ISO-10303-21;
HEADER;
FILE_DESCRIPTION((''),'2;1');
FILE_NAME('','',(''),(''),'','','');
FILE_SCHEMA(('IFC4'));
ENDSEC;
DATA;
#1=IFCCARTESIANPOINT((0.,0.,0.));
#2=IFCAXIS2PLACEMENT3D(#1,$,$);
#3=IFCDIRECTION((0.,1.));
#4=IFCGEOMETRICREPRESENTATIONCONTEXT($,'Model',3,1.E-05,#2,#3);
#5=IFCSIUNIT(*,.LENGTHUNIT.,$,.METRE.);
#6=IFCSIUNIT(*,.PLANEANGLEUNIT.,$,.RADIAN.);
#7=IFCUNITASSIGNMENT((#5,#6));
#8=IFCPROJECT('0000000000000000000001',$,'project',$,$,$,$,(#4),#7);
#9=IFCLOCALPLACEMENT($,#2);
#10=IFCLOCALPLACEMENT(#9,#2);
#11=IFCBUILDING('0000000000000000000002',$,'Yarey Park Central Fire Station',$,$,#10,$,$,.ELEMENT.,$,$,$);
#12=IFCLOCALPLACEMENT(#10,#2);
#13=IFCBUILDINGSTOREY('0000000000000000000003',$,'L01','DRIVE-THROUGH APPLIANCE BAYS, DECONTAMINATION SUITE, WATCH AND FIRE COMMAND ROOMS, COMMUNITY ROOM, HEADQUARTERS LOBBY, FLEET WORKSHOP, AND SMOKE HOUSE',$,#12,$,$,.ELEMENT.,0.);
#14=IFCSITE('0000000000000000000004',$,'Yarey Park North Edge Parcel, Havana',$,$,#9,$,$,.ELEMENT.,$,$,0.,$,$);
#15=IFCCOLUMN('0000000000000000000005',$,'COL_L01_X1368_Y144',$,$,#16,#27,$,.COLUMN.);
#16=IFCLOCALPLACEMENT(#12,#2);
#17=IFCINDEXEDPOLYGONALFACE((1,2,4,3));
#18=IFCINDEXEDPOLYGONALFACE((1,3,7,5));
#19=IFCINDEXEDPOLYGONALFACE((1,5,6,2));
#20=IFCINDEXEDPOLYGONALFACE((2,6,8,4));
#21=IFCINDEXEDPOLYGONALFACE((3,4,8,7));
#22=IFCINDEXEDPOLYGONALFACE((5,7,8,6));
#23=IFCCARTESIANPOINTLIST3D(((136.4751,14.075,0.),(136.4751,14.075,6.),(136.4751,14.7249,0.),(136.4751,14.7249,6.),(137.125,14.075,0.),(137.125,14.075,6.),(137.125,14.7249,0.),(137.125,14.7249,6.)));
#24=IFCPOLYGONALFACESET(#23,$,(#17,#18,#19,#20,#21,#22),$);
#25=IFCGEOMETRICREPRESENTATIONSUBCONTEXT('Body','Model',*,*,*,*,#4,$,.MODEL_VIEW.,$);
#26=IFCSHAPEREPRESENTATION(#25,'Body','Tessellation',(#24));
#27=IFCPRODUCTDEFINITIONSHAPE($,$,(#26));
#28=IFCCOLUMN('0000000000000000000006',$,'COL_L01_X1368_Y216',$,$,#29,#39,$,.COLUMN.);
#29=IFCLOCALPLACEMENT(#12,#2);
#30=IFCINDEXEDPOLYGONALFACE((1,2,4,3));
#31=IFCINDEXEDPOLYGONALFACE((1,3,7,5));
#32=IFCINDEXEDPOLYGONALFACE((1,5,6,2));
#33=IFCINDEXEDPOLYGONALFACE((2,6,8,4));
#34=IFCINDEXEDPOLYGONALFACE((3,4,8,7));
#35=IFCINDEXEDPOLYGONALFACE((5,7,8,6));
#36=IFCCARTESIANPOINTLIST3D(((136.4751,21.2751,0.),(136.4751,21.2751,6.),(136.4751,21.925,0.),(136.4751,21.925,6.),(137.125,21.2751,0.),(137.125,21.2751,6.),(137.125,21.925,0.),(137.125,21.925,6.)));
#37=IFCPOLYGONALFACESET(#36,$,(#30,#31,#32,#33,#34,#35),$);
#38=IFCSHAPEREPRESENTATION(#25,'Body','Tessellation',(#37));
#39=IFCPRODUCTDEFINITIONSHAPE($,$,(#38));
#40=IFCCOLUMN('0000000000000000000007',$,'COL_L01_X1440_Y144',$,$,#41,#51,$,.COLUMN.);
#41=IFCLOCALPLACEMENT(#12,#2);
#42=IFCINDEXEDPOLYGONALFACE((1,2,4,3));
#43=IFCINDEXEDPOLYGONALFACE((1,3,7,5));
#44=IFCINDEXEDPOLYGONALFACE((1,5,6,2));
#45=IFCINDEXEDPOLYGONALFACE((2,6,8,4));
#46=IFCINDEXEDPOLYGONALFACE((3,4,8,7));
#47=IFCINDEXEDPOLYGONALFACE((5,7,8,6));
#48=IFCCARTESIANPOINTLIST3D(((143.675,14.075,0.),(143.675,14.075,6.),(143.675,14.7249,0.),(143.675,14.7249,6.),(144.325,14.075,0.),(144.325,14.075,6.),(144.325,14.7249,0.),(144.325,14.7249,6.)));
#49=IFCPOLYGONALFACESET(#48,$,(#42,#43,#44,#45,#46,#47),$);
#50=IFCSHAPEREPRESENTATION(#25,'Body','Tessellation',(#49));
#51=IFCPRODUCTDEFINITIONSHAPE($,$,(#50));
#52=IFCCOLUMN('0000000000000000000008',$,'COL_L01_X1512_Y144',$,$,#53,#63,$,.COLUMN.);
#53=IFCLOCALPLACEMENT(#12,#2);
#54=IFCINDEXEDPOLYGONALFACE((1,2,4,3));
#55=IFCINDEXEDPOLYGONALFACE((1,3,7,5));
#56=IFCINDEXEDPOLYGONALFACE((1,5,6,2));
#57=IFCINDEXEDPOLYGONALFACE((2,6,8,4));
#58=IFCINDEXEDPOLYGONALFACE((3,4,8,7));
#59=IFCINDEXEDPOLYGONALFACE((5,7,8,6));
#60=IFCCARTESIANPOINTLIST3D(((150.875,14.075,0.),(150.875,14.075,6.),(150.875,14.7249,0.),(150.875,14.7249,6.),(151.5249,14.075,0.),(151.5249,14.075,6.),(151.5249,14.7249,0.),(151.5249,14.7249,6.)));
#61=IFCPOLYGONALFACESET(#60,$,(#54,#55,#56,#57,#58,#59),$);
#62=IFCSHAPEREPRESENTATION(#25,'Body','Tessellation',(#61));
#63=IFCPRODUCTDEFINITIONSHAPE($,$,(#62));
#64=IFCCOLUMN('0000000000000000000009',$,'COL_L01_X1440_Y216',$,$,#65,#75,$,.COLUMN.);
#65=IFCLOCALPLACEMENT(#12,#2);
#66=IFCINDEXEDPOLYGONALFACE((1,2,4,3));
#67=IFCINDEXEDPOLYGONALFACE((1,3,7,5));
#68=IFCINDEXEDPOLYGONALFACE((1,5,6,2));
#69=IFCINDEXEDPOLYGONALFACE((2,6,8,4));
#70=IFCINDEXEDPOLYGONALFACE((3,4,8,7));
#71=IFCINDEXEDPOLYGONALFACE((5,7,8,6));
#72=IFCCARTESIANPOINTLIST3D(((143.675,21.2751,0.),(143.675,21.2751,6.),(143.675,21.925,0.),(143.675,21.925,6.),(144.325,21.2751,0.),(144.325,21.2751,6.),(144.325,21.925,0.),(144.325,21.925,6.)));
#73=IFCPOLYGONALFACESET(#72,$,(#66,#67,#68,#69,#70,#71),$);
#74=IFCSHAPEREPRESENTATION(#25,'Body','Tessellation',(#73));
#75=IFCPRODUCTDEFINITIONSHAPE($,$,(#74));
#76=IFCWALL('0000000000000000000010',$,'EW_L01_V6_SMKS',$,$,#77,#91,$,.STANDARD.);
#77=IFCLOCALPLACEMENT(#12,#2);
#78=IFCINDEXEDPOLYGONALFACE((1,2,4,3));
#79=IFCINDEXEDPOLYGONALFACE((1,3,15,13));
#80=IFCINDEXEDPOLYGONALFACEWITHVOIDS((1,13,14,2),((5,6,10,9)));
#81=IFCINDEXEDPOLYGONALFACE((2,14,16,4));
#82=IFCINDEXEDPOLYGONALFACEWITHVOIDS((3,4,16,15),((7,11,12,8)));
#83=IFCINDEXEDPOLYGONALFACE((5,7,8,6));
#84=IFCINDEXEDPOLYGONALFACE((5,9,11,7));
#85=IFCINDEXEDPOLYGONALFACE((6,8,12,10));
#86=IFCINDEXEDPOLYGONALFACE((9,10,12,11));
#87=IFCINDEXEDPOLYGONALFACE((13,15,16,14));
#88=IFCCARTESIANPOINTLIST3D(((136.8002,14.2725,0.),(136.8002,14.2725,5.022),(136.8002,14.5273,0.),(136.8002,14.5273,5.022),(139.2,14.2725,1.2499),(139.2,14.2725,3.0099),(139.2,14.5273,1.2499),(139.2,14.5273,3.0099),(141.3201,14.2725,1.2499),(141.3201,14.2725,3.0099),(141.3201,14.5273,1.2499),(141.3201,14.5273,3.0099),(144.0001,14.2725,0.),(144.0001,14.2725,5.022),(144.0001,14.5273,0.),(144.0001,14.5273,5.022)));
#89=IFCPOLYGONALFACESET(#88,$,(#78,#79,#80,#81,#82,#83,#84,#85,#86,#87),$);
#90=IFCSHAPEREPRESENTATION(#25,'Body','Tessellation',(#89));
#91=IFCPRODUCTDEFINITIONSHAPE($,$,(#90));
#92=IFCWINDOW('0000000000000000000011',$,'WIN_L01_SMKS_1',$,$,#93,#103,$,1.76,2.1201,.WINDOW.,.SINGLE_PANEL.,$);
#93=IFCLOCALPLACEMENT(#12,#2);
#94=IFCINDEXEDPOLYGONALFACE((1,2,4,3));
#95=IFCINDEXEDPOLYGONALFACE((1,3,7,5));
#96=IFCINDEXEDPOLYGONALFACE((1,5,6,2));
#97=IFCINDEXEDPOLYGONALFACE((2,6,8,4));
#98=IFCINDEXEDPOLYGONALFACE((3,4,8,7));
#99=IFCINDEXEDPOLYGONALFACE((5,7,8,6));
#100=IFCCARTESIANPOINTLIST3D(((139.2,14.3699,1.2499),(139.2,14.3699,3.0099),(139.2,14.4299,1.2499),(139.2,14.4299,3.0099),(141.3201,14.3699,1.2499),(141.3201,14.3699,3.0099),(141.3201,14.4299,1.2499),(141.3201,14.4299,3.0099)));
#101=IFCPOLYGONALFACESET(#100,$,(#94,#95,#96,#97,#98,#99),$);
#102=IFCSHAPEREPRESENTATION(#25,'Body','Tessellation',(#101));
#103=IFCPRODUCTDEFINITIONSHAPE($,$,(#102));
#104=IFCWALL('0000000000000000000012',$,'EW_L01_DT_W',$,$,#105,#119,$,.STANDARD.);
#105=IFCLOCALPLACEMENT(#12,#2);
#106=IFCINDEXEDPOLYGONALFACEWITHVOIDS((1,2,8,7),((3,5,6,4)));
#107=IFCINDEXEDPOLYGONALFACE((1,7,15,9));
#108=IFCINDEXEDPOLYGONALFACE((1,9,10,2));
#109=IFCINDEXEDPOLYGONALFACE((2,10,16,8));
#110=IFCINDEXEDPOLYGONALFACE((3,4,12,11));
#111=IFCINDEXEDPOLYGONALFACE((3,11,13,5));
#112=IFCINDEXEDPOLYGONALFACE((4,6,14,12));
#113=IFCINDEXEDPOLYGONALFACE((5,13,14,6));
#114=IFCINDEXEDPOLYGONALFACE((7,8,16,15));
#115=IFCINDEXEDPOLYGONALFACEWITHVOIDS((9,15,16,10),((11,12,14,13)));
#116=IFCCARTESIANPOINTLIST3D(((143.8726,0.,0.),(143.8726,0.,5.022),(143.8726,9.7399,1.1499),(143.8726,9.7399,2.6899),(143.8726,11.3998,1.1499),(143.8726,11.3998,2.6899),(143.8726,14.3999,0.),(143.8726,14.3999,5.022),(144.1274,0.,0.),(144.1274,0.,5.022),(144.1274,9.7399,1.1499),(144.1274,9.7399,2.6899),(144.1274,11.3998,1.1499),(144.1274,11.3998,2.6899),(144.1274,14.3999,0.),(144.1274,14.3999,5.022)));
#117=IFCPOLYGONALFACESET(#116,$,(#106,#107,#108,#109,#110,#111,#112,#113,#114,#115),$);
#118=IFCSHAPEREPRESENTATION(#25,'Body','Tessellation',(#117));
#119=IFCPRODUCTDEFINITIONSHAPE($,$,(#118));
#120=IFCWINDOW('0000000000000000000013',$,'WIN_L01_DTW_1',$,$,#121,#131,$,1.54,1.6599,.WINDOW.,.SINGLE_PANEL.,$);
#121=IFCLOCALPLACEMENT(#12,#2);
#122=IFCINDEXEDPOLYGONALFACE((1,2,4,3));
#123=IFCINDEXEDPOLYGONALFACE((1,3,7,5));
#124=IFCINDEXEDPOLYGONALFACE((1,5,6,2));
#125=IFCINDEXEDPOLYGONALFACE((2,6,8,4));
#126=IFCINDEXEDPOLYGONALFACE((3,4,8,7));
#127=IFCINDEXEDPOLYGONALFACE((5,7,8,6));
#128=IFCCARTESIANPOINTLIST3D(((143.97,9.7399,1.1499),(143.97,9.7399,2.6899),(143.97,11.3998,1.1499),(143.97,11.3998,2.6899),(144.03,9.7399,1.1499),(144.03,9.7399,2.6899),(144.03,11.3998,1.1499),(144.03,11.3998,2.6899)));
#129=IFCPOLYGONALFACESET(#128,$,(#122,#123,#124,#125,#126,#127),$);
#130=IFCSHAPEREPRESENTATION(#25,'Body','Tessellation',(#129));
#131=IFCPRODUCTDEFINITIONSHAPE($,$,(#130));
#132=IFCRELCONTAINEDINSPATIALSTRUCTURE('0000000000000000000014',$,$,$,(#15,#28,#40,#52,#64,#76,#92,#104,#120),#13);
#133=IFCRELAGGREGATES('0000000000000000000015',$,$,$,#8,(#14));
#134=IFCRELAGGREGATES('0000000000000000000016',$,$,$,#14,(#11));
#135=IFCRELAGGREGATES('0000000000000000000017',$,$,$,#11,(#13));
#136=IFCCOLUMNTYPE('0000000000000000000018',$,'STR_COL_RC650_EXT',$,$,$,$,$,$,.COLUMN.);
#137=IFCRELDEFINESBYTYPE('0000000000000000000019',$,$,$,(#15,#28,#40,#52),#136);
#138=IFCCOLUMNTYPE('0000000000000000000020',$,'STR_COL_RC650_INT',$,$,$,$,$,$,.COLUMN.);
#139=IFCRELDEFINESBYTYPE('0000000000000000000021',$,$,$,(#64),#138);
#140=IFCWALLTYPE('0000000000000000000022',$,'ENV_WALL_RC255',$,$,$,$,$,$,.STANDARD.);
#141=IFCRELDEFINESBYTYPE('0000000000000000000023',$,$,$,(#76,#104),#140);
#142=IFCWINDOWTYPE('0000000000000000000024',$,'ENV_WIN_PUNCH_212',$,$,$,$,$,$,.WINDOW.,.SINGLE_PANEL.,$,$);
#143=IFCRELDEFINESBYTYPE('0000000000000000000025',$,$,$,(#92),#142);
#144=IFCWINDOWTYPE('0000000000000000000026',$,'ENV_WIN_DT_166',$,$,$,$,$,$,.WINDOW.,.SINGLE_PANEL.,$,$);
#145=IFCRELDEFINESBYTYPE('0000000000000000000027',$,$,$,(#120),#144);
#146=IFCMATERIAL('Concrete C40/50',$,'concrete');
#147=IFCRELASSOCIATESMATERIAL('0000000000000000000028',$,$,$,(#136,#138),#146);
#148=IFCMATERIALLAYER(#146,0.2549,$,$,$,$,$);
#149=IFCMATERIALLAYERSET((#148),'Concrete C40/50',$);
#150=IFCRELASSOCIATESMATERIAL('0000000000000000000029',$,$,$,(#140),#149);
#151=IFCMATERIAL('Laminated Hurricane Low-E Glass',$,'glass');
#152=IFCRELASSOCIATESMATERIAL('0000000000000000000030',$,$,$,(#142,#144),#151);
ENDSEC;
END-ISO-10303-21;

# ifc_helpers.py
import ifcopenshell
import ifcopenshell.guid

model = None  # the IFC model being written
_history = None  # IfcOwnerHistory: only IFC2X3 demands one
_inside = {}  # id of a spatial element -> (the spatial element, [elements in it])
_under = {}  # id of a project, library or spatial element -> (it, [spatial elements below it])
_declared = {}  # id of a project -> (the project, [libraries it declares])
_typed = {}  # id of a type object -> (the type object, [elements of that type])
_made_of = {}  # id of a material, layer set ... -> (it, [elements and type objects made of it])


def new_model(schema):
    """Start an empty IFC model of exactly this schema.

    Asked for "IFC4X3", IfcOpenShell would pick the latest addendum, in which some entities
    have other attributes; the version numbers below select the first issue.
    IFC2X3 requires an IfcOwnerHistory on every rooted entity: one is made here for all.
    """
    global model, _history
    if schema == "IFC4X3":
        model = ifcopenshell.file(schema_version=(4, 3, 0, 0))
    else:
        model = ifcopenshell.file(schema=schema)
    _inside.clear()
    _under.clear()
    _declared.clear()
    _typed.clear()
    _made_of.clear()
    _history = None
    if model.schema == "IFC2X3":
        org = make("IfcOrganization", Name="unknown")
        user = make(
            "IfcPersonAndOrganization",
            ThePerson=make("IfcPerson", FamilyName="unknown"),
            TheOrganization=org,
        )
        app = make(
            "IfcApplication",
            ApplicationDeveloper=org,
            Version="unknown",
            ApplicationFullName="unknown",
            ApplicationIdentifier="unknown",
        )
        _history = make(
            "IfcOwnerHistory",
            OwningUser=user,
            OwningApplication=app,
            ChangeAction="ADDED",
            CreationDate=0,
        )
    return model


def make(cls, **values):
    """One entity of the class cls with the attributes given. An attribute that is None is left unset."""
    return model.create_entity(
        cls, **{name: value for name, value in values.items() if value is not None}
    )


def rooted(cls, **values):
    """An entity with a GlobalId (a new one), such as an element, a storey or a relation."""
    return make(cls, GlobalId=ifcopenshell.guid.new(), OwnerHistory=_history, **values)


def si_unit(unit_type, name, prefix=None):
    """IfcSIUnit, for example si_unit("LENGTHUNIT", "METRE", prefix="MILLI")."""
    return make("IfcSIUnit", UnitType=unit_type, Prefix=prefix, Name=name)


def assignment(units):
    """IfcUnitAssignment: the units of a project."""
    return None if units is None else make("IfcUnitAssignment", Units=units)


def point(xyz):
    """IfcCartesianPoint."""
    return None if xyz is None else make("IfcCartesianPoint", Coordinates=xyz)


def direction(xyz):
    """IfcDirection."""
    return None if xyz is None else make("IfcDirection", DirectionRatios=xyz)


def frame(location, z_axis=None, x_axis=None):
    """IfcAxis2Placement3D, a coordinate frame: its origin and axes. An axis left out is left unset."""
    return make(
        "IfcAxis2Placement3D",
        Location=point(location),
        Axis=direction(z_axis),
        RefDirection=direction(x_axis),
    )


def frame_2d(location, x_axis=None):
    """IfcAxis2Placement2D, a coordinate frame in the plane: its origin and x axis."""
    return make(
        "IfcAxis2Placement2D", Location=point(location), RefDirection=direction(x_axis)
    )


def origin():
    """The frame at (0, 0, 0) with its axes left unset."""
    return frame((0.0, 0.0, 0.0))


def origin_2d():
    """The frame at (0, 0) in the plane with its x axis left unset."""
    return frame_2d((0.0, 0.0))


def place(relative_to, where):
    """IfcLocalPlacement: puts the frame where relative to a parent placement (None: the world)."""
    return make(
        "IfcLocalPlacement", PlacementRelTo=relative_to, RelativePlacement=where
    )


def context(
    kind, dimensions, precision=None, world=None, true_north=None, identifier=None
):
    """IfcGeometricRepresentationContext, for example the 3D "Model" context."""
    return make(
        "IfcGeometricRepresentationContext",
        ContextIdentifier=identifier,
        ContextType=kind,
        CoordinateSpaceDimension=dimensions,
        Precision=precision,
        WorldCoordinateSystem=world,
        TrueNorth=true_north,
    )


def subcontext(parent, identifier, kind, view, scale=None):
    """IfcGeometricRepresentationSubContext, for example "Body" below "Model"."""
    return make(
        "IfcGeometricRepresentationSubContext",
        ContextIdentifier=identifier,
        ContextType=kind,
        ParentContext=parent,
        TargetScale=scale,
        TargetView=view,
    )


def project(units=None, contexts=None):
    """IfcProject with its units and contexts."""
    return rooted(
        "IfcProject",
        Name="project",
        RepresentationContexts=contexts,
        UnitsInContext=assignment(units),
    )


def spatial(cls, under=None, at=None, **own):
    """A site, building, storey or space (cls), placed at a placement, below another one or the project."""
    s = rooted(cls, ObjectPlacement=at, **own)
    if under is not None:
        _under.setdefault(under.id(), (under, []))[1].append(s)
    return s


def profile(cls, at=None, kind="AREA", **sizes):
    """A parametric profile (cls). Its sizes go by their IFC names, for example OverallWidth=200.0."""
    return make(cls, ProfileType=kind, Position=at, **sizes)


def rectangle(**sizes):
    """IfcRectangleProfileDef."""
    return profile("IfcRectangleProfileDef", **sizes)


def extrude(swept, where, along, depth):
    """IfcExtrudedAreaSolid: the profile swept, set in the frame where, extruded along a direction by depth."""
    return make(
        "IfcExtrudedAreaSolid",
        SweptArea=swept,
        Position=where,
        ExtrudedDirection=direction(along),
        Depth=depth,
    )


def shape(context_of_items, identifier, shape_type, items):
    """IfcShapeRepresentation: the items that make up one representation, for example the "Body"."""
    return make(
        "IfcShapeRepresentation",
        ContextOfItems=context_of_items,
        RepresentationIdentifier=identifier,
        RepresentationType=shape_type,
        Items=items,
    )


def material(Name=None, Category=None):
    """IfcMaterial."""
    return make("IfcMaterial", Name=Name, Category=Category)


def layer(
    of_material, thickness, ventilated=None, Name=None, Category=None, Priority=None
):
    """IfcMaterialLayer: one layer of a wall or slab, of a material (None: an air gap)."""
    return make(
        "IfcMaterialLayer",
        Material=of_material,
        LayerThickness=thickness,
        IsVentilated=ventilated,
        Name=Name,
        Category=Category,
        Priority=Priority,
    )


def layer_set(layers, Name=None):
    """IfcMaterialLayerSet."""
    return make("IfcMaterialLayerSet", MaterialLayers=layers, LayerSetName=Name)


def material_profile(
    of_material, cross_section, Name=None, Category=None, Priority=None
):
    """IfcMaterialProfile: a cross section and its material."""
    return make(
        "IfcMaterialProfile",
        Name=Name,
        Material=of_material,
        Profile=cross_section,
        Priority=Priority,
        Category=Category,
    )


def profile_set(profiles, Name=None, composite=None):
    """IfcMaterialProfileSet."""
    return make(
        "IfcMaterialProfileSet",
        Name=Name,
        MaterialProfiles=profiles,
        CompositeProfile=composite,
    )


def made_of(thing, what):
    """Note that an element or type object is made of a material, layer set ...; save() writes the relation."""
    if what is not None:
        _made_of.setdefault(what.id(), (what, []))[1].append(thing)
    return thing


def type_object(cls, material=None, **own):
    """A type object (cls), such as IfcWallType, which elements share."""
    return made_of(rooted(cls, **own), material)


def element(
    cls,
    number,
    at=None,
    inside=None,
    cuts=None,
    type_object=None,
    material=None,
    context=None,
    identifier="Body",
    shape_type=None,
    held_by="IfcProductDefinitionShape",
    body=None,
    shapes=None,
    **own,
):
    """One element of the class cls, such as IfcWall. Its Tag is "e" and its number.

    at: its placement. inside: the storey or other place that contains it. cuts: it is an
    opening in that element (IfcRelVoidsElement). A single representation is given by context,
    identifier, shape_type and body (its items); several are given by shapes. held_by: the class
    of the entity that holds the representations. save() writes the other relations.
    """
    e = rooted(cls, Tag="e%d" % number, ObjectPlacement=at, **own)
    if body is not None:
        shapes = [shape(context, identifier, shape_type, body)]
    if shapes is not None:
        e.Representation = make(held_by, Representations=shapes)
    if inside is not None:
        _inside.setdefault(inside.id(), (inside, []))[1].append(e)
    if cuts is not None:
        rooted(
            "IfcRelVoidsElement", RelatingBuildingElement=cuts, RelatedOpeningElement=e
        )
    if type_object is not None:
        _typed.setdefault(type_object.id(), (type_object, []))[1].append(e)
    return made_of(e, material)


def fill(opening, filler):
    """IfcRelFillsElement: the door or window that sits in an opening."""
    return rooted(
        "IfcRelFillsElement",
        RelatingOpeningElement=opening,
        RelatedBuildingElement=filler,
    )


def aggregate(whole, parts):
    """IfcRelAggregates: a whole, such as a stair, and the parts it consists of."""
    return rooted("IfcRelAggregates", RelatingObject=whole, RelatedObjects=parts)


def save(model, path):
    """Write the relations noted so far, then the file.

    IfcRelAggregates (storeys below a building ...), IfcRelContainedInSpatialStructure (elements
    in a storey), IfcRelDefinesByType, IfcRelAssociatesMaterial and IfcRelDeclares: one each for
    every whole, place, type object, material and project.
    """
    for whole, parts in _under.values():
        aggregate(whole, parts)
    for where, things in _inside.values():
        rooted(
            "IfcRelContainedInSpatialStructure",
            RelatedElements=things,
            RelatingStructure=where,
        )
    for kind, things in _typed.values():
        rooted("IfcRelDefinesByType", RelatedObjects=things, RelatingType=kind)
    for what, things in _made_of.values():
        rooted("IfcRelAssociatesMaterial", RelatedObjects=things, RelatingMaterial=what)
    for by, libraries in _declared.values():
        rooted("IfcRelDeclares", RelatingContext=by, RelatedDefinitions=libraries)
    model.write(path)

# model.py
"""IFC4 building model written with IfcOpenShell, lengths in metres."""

from ifc_helpers import new_model, si_unit, direction, frame, frame_2d, origin, origin_2d, place, context, subcontext, project, spatial, rectangle, extrude, material, layer, layer_set, material_profile, profile_set, type_object, element, fill, save


model = new_model("IFC4")

# Units and contexts
model_context = context("Model", 3, precision=1e-05, world=origin(), true_north=direction((0.0, 1.0)))
body_context = subcontext(model_context, "Body", "Model", "MODEL_VIEW")
ifc_project = project(units=[si_unit("LENGTHUNIT", "METRE"), si_unit("PLANEANGLEUNIT", "RADIAN")], contexts=[model_context])

# Site, building, storey
site_placement = place(None, origin())
site = spatial("IfcSite", under=ifc_project, at=site_placement, Name="Yarey Park North Edge Parcel, Havana", CompositionType="ELEMENT", RefElevation=0.0)
building_placement = place(site_placement, origin())
building = spatial("IfcBuilding", under=site, at=building_placement, Name="Yarey Park Central Fire Station", CompositionType="ELEMENT")
storey_placement = place(building_placement, origin())
storey = spatial("IfcBuildingStorey", under=building, at=storey_placement, Name="L01", Description="DRIVE-THROUGH APPLIANCE BAYS, DECONTAMINATION SUITE, WATCH AND FIRE COMMAND ROOMS, COMMUNITY ROOM, HEADQUARTERS LOBBY, FLEET WORKSHOP, AND SMOKE HOUSE", CompositionType="ELEMENT", Elevation=0.0)

# Columns
ifc_material_1 = material(Name="Concrete C40/50", Category="concrete")
ifc_material_profile_1 = material_profile(ifc_material_1, rectangle(XDim=0.6499, YDim=0.6499, at=origin_2d()), Name="RC 650x650")
ifc_profile_set_1 = profile_set([ifc_material_profile_1], Name="Concrete C40/50")
column_type_1 = type_object("IfcColumnType", Name="STR_COL_RC650_EXT", PredefinedType="COLUMN", material=ifc_profile_set_1)
for number, where, z_axis, x_axis, name in (
    (1, (136.8, 14.3999, 0.0), (0.0, 0.0, 1.0), (1.0, 0.0, 0.0), "COL_L01_X1368_Y144"),
    (2, (136.8, 21.6001, 0.0), (0.0, 0.0, 1.0), (1.0, 0.0, 0.0), "COL_L01_X1368_Y216"),
    (3, (144.0, 14.3999, 0.0), (0.0, 0.0, 1.0), (1.0, 0.0, 0.0), "COL_L01_X1440_Y144"),
    (4, (151.2, 14.3999, 0.0), (0.0, 0.0, 1.0), (1.0, 0.0, 0.0), "COL_L01_X1512_Y144"),
):
    element("IfcColumn", number, at=place(storey_placement, frame(where, z_axis=z_axis, x_axis=x_axis)), inside=storey, type_object=column_type_1, Name=name, PredefinedType="COLUMN", context=body_context, shape_type="SweptSolid", body=[
        extrude(rectangle(XDim=0.6499, YDim=0.6499, at=origin_2d()), origin(), (0.0, 0.0, 1.0), 6.0),
    ])
ifc_material_profile_2 = material_profile(ifc_material_1, rectangle(XDim=0.6499, YDim=0.6499, at=origin_2d()), Name="RC 650x650")
ifc_profile_set_2 = profile_set([ifc_material_profile_2], Name="Concrete C40/50")
column_type_2 = type_object("IfcColumnType", Name="STR_COL_RC650_INT", PredefinedType="COLUMN", material=ifc_profile_set_2)
column_placement = place(storey_placement, frame((144.0, 21.6001, 0.0), z_axis=(0.0, 0.0, 1.0), x_axis=(1.0, 0.0, 0.0)))
element("IfcColumn", 5, at=column_placement, inside=storey, type_object=column_type_2, Name="COL_L01_X1440_Y216", PredefinedType="COLUMN", context=body_context, shape_type="SweptSolid", body=[
    extrude(rectangle(XDim=0.6499, YDim=0.6499, at=origin_2d()), origin(), (0.0, 0.0, 1.0), 6.0),
])

# Walls, openings, windows
ifc_layer = layer(ifc_material_1, 0.2549)
ifc_layer_set = layer_set([ifc_layer], Name="Concrete C40/50")
wall_type = type_object("IfcWallType", Name="ENV_WALL_RC255", PredefinedType="STANDARD", material=ifc_layer_set)
wall_1_placement = place(storey_placement, frame((136.8, 14.3999, 0.0), z_axis=(0.0, 0.0, 1.0), x_axis=(1.0, 0.0, 0.0)))
wall_1 = element("IfcWall", 6, at=wall_1_placement, inside=storey, type_object=wall_type, Name="EW_L01_V6_SMKS", PredefinedType="STANDARD", context=body_context, shape_type="SweptSolid", body=[
    extrude(rectangle(XDim=7.2, YDim=0.2549, at=frame_2d((3.6001, 0.0))), origin(), (0.0, 0.0, 1.0), 5.022),
])
opening_1_placement = place(wall_1_placement, frame((2.3999, 0.0, 1.25)))
opening_1 = element("IfcOpeningElement", 7, at=opening_1_placement, cuts=wall_1, PredefinedType="OPENING", context=body_context, shape_type="SweptSolid", body=[
    extrude(rectangle(XDim=2.1201, YDim=1.76, at=frame_2d((1.0601, 0.8799))), frame((0.0, 0.1375, 0.0), z_axis=(0.0, -1.0, 0.0), x_axis=(1.0, 0.0, 0.0)), (0.0, 0.0, 1.0), 0.2749),
])
ifc_material_2 = material(Name="Laminated Hurricane Low-E Glass", Category="glass")
window_type_1 = type_object("IfcWindowType", Name="ENV_WIN_PUNCH_212", PartitioningType="SINGLE_PANEL", PredefinedType="WINDOW", material=ifc_material_2)
window_1_placement = place(opening_1_placement, origin())
window_1 = element("IfcWindow", 8, at=window_1_placement, inside=storey, type_object=window_type_1, Name="WIN_L01_SMKS_1", OverallHeight=1.76, OverallWidth=2.1201, PartitioningType="SINGLE_PANEL", PredefinedType="WINDOW", context=body_context, shape_type="SweptSolid", body=[
    extrude(rectangle(XDim=2.1201, YDim=1.76, at=frame_2d((1.0601, 0.8799))), frame((0.0, 0.03, 0.0), z_axis=(0.0, -1.0, 0.0), x_axis=(1.0, 0.0, 0.0)), (0.0, 0.0, 1.0), 0.0601),
])
fill(opening_1, window_1)
wall_2_placement = place(storey_placement, frame((144.0, 14.3999, 0.0), z_axis=(0.0, 0.0, 1.0), x_axis=(0.0, -1.0, 0.0)))
wall_2 = element("IfcWall", 9, at=wall_2_placement, inside=storey, type_object=wall_type, Name="EW_L01_DT_W", PredefinedType="STANDARD", context=body_context, shape_type="SweptSolid", body=[
    extrude(rectangle(XDim=14.3999, YDim=0.2549, at=frame_2d((7.2, 0.0))), origin(), (0.0, 0.0, 1.0), 5.022),
])
opening_2_placement = place(wall_2_placement, frame((3.0, 0.0, 1.1499)))
opening_2 = element("IfcOpeningElement", 10, at=opening_2_placement, cuts=wall_2, PredefinedType="OPENING", context=body_context, shape_type="SweptSolid", body=[
    extrude(rectangle(XDim=1.6599, YDim=1.54, at=frame_2d((0.8301, 0.77))), frame((0.0, 0.1375, 0.0), z_axis=(0.0, -1.0, 0.0), x_axis=(1.0, 0.0, 0.0)), (0.0, 0.0, 1.0), 0.2749),
])
window_type_2 = type_object("IfcWindowType", Name="ENV_WIN_DT_166", PartitioningType="SINGLE_PANEL", PredefinedType="WINDOW", material=ifc_material_2)
window_2_placement = place(opening_2_placement, origin())
window_2 = element("IfcWindow", 11, at=window_2_placement, inside=storey, type_object=window_type_2, Name="WIN_L01_DTW_1", OverallHeight=1.54, OverallWidth=1.6599, PartitioningType="SINGLE_PANEL", PredefinedType="WINDOW", context=body_context, shape_type="SweptSolid", body=[
    extrude(rectangle(XDim=1.6599, YDim=1.54, at=frame_2d((0.8301, 0.77))), frame((0.0, 0.03, 0.0), z_axis=(0.0, -1.0, 0.0), x_axis=(1.0, 0.0, 0.0)), (0.0, 0.0, 1.0), 0.0601),
])
fill(opening_2, window_2)

save(model, "model.ifc")
